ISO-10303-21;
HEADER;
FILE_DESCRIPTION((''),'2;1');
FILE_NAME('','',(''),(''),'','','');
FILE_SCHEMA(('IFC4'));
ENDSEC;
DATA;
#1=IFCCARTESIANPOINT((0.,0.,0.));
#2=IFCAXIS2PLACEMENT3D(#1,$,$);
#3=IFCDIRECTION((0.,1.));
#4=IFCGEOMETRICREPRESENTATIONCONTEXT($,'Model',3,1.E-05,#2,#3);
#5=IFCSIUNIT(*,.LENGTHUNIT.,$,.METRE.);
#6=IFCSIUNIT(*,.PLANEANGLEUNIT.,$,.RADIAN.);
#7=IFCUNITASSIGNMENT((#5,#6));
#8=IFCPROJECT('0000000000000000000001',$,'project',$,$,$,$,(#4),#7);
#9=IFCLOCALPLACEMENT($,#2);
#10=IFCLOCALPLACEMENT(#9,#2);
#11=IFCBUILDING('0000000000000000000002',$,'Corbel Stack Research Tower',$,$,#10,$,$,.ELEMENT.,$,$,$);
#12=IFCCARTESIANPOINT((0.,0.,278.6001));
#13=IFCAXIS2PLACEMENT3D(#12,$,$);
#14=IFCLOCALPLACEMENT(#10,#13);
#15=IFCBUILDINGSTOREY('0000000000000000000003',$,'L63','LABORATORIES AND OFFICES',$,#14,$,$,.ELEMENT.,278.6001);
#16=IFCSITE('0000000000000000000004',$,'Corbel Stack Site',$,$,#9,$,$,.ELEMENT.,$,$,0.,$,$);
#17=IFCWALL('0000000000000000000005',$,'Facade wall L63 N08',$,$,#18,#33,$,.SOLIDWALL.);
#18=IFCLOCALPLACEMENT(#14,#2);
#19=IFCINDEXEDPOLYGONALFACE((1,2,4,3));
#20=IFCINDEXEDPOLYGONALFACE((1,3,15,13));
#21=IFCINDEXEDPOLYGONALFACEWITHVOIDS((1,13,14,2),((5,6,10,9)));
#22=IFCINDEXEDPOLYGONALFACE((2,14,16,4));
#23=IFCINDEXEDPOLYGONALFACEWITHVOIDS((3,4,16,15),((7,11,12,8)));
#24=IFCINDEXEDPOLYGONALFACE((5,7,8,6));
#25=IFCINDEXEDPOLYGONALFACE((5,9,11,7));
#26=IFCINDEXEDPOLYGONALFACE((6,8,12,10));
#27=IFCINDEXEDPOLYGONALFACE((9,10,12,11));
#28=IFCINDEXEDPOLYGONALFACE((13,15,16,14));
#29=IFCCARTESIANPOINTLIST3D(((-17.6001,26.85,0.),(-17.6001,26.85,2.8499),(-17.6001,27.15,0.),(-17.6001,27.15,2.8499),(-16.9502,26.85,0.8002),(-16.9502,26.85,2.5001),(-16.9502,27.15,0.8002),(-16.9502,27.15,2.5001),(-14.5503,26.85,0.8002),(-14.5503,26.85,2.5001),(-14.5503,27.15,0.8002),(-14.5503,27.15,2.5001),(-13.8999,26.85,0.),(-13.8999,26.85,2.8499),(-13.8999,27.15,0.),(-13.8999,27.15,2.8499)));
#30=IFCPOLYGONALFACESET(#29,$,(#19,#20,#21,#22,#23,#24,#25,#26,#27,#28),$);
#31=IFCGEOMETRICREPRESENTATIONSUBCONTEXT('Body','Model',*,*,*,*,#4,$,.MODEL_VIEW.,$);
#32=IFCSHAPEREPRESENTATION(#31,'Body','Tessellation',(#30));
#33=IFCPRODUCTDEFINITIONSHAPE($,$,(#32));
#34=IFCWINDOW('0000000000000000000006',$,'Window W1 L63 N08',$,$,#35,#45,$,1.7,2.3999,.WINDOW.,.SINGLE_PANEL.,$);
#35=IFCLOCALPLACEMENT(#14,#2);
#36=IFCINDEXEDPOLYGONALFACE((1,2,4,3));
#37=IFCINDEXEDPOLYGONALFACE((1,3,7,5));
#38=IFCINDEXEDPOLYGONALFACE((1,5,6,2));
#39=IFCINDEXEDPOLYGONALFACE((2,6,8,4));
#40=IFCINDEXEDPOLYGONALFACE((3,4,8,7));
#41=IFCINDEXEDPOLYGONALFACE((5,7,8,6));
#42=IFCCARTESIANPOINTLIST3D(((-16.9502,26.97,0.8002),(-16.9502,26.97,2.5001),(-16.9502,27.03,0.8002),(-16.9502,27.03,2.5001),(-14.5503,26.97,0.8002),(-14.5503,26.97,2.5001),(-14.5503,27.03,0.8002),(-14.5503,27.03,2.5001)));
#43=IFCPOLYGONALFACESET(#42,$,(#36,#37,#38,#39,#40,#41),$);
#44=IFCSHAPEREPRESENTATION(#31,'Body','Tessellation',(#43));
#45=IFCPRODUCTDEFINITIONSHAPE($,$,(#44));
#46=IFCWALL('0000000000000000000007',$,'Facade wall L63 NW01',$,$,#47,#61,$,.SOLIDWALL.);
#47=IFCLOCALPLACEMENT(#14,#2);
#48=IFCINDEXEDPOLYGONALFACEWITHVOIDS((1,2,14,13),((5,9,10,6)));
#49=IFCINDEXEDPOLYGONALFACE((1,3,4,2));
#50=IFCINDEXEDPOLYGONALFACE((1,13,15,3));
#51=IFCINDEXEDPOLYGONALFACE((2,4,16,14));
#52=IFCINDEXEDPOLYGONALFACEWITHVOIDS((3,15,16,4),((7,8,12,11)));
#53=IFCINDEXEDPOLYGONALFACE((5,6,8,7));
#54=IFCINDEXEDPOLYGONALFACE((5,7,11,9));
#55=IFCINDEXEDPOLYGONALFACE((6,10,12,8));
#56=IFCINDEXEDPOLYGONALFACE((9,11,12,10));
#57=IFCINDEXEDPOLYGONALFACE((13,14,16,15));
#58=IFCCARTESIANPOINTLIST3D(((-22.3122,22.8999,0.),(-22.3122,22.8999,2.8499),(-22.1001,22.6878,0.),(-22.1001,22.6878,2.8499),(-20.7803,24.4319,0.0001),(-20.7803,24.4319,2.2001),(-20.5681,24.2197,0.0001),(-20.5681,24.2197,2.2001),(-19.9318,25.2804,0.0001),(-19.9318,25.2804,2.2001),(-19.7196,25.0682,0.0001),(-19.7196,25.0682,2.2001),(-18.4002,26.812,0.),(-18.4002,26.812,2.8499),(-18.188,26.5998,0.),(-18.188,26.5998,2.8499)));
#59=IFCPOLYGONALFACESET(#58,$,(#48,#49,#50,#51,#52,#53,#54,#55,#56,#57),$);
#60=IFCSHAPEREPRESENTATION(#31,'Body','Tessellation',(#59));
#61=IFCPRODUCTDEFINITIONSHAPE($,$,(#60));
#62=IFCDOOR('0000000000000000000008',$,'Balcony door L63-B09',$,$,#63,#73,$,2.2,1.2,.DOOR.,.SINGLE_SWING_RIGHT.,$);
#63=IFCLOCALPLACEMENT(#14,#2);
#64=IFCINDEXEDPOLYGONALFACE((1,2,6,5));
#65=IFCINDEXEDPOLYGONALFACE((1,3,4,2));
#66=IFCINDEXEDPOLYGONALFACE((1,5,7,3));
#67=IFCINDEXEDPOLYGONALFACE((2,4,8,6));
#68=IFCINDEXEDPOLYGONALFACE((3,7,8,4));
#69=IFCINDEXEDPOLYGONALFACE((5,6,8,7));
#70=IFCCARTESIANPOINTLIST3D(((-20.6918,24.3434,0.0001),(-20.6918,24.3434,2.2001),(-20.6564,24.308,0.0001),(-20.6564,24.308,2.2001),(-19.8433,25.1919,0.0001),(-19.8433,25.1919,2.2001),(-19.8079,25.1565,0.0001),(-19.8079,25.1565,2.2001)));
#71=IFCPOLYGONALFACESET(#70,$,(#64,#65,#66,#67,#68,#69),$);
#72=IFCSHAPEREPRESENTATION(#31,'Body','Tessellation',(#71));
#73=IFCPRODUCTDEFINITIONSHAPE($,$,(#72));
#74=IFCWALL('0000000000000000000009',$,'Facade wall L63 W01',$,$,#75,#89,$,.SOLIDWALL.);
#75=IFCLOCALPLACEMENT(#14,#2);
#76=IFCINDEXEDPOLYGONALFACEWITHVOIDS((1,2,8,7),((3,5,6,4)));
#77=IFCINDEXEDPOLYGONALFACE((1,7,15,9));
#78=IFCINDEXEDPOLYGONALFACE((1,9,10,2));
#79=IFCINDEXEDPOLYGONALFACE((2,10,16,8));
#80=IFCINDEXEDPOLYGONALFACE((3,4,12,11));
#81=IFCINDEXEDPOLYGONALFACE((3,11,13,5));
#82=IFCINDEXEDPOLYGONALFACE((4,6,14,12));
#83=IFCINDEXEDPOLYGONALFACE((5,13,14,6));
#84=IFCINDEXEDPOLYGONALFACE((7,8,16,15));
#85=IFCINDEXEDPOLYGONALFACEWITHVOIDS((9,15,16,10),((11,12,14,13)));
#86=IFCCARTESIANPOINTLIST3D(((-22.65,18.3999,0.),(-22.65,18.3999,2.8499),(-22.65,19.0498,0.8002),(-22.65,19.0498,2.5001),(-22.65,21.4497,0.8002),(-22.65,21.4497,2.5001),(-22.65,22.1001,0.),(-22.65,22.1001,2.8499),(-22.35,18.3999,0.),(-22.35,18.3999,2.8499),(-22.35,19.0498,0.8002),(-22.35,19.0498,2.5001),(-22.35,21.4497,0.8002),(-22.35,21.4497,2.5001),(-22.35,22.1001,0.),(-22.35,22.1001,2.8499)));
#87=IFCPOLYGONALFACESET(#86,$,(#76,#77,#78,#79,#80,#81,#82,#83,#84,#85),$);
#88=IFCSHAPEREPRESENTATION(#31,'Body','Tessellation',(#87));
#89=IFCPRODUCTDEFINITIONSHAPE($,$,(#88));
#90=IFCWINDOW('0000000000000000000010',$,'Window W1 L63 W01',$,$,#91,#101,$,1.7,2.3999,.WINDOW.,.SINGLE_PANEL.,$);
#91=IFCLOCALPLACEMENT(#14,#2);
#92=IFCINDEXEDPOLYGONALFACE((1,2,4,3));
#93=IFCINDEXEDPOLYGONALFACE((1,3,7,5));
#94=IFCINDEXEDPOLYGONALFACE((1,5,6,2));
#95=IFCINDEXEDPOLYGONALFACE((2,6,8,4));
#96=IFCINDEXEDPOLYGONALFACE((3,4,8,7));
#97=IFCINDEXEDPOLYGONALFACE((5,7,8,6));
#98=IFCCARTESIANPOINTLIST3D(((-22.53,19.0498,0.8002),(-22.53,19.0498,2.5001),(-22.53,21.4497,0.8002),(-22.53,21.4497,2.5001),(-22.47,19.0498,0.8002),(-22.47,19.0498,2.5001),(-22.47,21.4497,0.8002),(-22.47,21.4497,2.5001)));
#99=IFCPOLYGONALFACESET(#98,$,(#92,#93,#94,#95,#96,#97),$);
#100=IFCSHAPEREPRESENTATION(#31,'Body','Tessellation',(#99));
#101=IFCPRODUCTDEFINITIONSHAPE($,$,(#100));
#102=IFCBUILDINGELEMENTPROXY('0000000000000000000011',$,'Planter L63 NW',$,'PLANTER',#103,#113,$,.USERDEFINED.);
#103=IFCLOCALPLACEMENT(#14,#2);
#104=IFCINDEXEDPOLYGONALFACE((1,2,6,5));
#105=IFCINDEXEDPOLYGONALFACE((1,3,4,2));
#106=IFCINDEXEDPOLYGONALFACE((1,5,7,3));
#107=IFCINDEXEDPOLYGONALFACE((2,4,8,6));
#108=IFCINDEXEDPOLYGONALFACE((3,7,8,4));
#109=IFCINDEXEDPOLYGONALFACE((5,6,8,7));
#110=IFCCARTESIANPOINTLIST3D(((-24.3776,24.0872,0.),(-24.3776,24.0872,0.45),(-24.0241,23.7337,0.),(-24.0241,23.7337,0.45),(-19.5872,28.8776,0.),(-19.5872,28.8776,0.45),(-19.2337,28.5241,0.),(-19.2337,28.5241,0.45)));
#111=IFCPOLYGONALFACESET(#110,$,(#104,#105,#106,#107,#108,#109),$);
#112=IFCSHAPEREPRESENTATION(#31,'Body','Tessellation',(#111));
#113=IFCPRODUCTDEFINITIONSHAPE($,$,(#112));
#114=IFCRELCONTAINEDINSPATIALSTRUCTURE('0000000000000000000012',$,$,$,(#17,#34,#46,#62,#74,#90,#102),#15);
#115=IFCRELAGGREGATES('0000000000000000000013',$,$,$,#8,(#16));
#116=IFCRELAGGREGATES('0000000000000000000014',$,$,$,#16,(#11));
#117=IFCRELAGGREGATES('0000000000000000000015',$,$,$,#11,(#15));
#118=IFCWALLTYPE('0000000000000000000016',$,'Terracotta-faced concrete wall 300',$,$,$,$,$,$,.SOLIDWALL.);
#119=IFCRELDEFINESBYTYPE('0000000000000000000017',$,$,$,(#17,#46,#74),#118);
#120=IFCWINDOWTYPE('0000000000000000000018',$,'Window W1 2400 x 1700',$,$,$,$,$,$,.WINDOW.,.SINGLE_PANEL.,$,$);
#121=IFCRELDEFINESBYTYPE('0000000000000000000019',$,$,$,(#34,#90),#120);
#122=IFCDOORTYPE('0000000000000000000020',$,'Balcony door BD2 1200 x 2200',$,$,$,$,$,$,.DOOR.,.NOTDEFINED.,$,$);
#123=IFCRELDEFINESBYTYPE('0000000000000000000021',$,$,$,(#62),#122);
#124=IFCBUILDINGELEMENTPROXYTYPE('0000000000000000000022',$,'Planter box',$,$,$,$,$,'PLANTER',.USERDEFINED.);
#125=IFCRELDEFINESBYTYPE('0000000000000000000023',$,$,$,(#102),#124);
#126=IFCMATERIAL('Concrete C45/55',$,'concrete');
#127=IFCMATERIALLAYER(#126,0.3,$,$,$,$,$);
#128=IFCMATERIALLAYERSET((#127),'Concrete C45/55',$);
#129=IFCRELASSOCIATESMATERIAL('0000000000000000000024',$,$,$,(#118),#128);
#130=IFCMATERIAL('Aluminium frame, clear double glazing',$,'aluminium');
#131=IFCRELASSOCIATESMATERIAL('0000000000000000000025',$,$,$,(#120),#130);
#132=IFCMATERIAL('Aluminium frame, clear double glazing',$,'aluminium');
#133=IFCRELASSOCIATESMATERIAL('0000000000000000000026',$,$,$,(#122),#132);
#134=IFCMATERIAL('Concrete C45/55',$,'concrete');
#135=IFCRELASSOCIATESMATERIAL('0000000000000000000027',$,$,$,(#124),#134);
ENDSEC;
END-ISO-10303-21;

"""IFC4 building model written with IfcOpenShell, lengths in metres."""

from ifc_helpers import new_model, si_unit, direction, frame, frame_2d, origin, origin_2d, place, context, subcontext, project, spatial, rectangle, extrude, material, layer, layer_set, type_object, element, fill, save


model = new_model("IFC4")

# Units and contexts
model_context = context("Model", 3, precision=1e-05, world=origin(), true_north=direction((0.0, 1.0)))
body_context = subcontext(model_context, "Body", "Model", "MODEL_VIEW")
ifc_project = project(units=[si_unit("LENGTHUNIT", "METRE"), si_unit("PLANEANGLEUNIT", "RADIAN")], contexts=[model_context])

# Site, building, storey
site_placement = place(None, origin())
site = spatial("IfcSite", under=ifc_project, at=site_placement, Name="Corbel Stack Site", CompositionType="ELEMENT", RefElevation=0.0)
building_placement = place(site_placement, origin())
building = spatial("IfcBuilding", under=site, at=building_placement, Name="Corbel Stack Research Tower", CompositionType="ELEMENT")
storey_placement = place(building_placement, frame((0.0, 0.0, 278.6001)))
storey = spatial("IfcBuildingStorey", under=building, at=storey_placement, Name="L63", Description="LABORATORIES AND OFFICES", CompositionType="ELEMENT", Elevation=278.6001)

# Wall, opening, window
ifc_material_1 = material(Name="Concrete C45/55", Category="concrete")
ifc_layer_1 = layer(ifc_material_1, 0.3)
ifc_layer_set_1 = layer_set([ifc_layer_1], Name="Concrete C45/55")
wall_type_1 = type_object("IfcWallType", Name="Terracotta-faced concrete wall 300", PredefinedType="SOLIDWALL", material=ifc_layer_set_1)
wall_1_placement = place(storey_placement, frame((-17.6001, 27.0, 0.0), z_axis=(0.0, 0.0, 1.0), x_axis=(1.0, 0.0, 0.0)))
wall_1 = element("IfcWall", 1, at=wall_1_placement, inside=storey, type_object=wall_type_1, Name="Facade wall L63 N08", PredefinedType="SOLIDWALL", context=body_context, shape_type="SweptSolid", body=[
    extrude(rectangle(XDim=3.7002, YDim=0.3, at=frame_2d((1.8501, 0.0))), origin(), (0.0, 0.0, 1.0), 2.8499),
])
opening_1_placement = place(wall_1_placement, frame((0.6499, 0.0, 0.8)))
opening_1 = element("IfcOpeningElement", 2, at=opening_1_placement, cuts=wall_1, PredefinedType="OPENING", context=body_context, shape_type="SweptSolid", body=[
    extrude(rectangle(XDim=2.3999, YDim=1.7, at=frame_2d((1.2, 0.8501))), frame((0.0, 0.1599, 0.0), z_axis=(0.0, -1.0, 0.0), x_axis=(1.0, 0.0, 0.0)), (0.0, 0.0, 1.0), 0.3201),
])
ifc_material_2 = material(Name="Aluminium frame, clear double glazing", Category="aluminium")
window_type = type_object("IfcWindowType", Name="Window W1 2400 x 1700", PartitioningType="SINGLE_PANEL", PredefinedType="WINDOW", material=ifc_material_2)
window_1_placement = place(opening_1_placement, origin())
window_1 = element("IfcWindow", 3, at=window_1_placement, inside=storey, type_object=window_type, Name="Window W1 L63 N08", OverallHeight=1.7, OverallWidth=2.3999, PartitioningType="SINGLE_PANEL", PredefinedType="WINDOW", context=body_context, shape_type="SweptSolid", body=[
    extrude(rectangle(XDim=2.3999, YDim=1.7, at=frame_2d((1.2, 0.8501))), frame((0.0, 0.03, 0.0), z_axis=(0.0, -1.0, 0.0), x_axis=(1.0, 0.0, 0.0)), (0.0, 0.0, 1.0), 0.0601),
])
fill(opening_1, window_1)

# Wall, opening, door
wall_2_placement = place(storey_placement, frame((-22.2061, 22.7939, 0.0), z_axis=(0.0, 0.0, 1.0), x_axis=(0.707107, 0.707107, 0.0)))
wall_2 = element("IfcWall", 4, at=wall_2_placement, inside=storey, type_object=wall_type_1, Name="Facade wall L63 NW01", PredefinedType="SOLIDWALL", context=body_context, shape_type="SweptSolid", body=[
    extrude(rectangle(XDim=5.5325, YDim=0.3, at=frame_2d((2.7661, 0.0))), origin(), (0.0, 0.0, 1.0), 2.8499),
])
opening_2_placement = place(wall_2_placement, frame((2.1663, 0.0, 0.0)))
opening_2 = element("IfcOpeningElement", 5, at=opening_2_placement, cuts=wall_2, PredefinedType="OPENING", context=body_context, shape_type="SweptSolid", body=[
    extrude(rectangle(XDim=1.2, YDim=2.2, at=frame_2d((0.6001, 1.1001))), frame((0.0, 0.1599, 0.0), z_axis=(0.0, -1.0, 0.0), x_axis=(1.0, 0.0, 0.0)), (0.0, 0.0, 1.0), 0.3201),
])
ifc_material_3 = material(Name="Aluminium frame, clear double glazing", Category="aluminium")
door_type_1 = type_object("IfcDoorType", Name="Balcony door BD2 1200 x 2200", OperationType="NOTDEFINED", PredefinedType="DOOR", material=ifc_material_3)
door_1_placement = place(opening_2_placement, origin())
door_1 = element("IfcDoor", 6, at=door_1_placement, inside=storey, type_object=door_type_1, Name="Balcony door L63-B09", OperationType="SINGLE_SWING_RIGHT", OverallHeight=2.2, OverallWidth=1.2, PredefinedType="DOOR", context=body_context, shape_type="SweptSolid", body=[
    extrude(rectangle(XDim=1.2, YDim=2.2, at=frame_2d((0.6001, 1.1001))), frame((0.0, 0.0249, 0.0), z_axis=(0.0, -1.0, 0.0), x_axis=(1.0, 0.0, 0.0)), (0.0, 0.0, 1.0), 0.05),
])
fill(opening_2, door_1)

# Wall, opening, window
wall_3_placement = place(storey_placement, frame((-22.5, 18.3999, 0.0), z_axis=(0.0, 0.0, 1.0), x_axis=(0.0, 1.0, 0.0)))
wall_3 = element("IfcWall", 7, at=wall_3_placement, inside=storey, type_object=wall_type_1, Name="Facade wall L63 W01", PredefinedType="SOLIDWALL", context=body_context, shape_type="SweptSolid", body=[
    extrude(rectangle(XDim=3.7002, YDim=0.3, at=frame_2d((1.8501, 0.0))), origin(), (0.0, 0.0, 1.0), 2.8499),
])
opening_3_placement = place(wall_3_placement, frame((0.6499, 0.0, 0.8)))
opening_3 = element("IfcOpeningElement", 8, at=opening_3_placement, cuts=wall_3, PredefinedType="OPENING", context=body_context, shape_type="SweptSolid", body=[
    extrude(rectangle(XDim=2.3999, YDim=1.7, at=frame_2d((1.2, 0.8501))), frame((0.0, 0.1599, 0.0), z_axis=(0.0, -1.0, 0.0), x_axis=(1.0, 0.0, 0.0)), (0.0, 0.0, 1.0), 0.3201),
])
window_2_placement = place(opening_3_placement, origin())
window_2 = element("IfcWindow", 9, at=window_2_placement, inside=storey, type_object=window_type, Name="Window W1 L63 W01", OverallHeight=1.7, OverallWidth=2.3999, PartitioningType="SINGLE_PANEL", PredefinedType="WINDOW", context=body_context, shape_type="SweptSolid", body=[
    extrude(rectangle(XDim=2.3999, YDim=1.7, at=frame_2d((1.2, 0.8501))), frame((0.0, 0.03, 0.0), z_axis=(0.0, -1.0, 0.0), x_axis=(1.0, 0.0, 0.0)), (0.0, 0.0, 1.0), 0.0601),
])
fill(opening_3, window_2)

# Building element proxy
ifc_material_4 = material(Name="Concrete C45/55", Category="concrete")
building_element_proxy_type = type_object("IfcBuildingElementProxyType", Name="Planter box", ElementType="PLANTER", PredefinedType="USERDEFINED", material=ifc_material_4)
proxy_placement = place(storey_placement, frame((-21.8057, 26.3057, 0.0), z_axis=(0.0, 0.0, 1.0), x_axis=(-0.707107, -0.707107, 0.0)))
element("IfcBuildingElementProxy", 10, at=proxy_placement, inside=storey, type_object=building_element_proxy_type, Name="Planter L63 NW", ObjectType="PLANTER", PredefinedType="USERDEFINED", context=body_context, shape_type="SweptSolid", body=[
    extrude(rectangle(XDim=6.7747, YDim=0.5, at=origin_2d()), origin(), (0.0, 0.0, 1.0), 0.45),
])

save(model, "model.ifc")
